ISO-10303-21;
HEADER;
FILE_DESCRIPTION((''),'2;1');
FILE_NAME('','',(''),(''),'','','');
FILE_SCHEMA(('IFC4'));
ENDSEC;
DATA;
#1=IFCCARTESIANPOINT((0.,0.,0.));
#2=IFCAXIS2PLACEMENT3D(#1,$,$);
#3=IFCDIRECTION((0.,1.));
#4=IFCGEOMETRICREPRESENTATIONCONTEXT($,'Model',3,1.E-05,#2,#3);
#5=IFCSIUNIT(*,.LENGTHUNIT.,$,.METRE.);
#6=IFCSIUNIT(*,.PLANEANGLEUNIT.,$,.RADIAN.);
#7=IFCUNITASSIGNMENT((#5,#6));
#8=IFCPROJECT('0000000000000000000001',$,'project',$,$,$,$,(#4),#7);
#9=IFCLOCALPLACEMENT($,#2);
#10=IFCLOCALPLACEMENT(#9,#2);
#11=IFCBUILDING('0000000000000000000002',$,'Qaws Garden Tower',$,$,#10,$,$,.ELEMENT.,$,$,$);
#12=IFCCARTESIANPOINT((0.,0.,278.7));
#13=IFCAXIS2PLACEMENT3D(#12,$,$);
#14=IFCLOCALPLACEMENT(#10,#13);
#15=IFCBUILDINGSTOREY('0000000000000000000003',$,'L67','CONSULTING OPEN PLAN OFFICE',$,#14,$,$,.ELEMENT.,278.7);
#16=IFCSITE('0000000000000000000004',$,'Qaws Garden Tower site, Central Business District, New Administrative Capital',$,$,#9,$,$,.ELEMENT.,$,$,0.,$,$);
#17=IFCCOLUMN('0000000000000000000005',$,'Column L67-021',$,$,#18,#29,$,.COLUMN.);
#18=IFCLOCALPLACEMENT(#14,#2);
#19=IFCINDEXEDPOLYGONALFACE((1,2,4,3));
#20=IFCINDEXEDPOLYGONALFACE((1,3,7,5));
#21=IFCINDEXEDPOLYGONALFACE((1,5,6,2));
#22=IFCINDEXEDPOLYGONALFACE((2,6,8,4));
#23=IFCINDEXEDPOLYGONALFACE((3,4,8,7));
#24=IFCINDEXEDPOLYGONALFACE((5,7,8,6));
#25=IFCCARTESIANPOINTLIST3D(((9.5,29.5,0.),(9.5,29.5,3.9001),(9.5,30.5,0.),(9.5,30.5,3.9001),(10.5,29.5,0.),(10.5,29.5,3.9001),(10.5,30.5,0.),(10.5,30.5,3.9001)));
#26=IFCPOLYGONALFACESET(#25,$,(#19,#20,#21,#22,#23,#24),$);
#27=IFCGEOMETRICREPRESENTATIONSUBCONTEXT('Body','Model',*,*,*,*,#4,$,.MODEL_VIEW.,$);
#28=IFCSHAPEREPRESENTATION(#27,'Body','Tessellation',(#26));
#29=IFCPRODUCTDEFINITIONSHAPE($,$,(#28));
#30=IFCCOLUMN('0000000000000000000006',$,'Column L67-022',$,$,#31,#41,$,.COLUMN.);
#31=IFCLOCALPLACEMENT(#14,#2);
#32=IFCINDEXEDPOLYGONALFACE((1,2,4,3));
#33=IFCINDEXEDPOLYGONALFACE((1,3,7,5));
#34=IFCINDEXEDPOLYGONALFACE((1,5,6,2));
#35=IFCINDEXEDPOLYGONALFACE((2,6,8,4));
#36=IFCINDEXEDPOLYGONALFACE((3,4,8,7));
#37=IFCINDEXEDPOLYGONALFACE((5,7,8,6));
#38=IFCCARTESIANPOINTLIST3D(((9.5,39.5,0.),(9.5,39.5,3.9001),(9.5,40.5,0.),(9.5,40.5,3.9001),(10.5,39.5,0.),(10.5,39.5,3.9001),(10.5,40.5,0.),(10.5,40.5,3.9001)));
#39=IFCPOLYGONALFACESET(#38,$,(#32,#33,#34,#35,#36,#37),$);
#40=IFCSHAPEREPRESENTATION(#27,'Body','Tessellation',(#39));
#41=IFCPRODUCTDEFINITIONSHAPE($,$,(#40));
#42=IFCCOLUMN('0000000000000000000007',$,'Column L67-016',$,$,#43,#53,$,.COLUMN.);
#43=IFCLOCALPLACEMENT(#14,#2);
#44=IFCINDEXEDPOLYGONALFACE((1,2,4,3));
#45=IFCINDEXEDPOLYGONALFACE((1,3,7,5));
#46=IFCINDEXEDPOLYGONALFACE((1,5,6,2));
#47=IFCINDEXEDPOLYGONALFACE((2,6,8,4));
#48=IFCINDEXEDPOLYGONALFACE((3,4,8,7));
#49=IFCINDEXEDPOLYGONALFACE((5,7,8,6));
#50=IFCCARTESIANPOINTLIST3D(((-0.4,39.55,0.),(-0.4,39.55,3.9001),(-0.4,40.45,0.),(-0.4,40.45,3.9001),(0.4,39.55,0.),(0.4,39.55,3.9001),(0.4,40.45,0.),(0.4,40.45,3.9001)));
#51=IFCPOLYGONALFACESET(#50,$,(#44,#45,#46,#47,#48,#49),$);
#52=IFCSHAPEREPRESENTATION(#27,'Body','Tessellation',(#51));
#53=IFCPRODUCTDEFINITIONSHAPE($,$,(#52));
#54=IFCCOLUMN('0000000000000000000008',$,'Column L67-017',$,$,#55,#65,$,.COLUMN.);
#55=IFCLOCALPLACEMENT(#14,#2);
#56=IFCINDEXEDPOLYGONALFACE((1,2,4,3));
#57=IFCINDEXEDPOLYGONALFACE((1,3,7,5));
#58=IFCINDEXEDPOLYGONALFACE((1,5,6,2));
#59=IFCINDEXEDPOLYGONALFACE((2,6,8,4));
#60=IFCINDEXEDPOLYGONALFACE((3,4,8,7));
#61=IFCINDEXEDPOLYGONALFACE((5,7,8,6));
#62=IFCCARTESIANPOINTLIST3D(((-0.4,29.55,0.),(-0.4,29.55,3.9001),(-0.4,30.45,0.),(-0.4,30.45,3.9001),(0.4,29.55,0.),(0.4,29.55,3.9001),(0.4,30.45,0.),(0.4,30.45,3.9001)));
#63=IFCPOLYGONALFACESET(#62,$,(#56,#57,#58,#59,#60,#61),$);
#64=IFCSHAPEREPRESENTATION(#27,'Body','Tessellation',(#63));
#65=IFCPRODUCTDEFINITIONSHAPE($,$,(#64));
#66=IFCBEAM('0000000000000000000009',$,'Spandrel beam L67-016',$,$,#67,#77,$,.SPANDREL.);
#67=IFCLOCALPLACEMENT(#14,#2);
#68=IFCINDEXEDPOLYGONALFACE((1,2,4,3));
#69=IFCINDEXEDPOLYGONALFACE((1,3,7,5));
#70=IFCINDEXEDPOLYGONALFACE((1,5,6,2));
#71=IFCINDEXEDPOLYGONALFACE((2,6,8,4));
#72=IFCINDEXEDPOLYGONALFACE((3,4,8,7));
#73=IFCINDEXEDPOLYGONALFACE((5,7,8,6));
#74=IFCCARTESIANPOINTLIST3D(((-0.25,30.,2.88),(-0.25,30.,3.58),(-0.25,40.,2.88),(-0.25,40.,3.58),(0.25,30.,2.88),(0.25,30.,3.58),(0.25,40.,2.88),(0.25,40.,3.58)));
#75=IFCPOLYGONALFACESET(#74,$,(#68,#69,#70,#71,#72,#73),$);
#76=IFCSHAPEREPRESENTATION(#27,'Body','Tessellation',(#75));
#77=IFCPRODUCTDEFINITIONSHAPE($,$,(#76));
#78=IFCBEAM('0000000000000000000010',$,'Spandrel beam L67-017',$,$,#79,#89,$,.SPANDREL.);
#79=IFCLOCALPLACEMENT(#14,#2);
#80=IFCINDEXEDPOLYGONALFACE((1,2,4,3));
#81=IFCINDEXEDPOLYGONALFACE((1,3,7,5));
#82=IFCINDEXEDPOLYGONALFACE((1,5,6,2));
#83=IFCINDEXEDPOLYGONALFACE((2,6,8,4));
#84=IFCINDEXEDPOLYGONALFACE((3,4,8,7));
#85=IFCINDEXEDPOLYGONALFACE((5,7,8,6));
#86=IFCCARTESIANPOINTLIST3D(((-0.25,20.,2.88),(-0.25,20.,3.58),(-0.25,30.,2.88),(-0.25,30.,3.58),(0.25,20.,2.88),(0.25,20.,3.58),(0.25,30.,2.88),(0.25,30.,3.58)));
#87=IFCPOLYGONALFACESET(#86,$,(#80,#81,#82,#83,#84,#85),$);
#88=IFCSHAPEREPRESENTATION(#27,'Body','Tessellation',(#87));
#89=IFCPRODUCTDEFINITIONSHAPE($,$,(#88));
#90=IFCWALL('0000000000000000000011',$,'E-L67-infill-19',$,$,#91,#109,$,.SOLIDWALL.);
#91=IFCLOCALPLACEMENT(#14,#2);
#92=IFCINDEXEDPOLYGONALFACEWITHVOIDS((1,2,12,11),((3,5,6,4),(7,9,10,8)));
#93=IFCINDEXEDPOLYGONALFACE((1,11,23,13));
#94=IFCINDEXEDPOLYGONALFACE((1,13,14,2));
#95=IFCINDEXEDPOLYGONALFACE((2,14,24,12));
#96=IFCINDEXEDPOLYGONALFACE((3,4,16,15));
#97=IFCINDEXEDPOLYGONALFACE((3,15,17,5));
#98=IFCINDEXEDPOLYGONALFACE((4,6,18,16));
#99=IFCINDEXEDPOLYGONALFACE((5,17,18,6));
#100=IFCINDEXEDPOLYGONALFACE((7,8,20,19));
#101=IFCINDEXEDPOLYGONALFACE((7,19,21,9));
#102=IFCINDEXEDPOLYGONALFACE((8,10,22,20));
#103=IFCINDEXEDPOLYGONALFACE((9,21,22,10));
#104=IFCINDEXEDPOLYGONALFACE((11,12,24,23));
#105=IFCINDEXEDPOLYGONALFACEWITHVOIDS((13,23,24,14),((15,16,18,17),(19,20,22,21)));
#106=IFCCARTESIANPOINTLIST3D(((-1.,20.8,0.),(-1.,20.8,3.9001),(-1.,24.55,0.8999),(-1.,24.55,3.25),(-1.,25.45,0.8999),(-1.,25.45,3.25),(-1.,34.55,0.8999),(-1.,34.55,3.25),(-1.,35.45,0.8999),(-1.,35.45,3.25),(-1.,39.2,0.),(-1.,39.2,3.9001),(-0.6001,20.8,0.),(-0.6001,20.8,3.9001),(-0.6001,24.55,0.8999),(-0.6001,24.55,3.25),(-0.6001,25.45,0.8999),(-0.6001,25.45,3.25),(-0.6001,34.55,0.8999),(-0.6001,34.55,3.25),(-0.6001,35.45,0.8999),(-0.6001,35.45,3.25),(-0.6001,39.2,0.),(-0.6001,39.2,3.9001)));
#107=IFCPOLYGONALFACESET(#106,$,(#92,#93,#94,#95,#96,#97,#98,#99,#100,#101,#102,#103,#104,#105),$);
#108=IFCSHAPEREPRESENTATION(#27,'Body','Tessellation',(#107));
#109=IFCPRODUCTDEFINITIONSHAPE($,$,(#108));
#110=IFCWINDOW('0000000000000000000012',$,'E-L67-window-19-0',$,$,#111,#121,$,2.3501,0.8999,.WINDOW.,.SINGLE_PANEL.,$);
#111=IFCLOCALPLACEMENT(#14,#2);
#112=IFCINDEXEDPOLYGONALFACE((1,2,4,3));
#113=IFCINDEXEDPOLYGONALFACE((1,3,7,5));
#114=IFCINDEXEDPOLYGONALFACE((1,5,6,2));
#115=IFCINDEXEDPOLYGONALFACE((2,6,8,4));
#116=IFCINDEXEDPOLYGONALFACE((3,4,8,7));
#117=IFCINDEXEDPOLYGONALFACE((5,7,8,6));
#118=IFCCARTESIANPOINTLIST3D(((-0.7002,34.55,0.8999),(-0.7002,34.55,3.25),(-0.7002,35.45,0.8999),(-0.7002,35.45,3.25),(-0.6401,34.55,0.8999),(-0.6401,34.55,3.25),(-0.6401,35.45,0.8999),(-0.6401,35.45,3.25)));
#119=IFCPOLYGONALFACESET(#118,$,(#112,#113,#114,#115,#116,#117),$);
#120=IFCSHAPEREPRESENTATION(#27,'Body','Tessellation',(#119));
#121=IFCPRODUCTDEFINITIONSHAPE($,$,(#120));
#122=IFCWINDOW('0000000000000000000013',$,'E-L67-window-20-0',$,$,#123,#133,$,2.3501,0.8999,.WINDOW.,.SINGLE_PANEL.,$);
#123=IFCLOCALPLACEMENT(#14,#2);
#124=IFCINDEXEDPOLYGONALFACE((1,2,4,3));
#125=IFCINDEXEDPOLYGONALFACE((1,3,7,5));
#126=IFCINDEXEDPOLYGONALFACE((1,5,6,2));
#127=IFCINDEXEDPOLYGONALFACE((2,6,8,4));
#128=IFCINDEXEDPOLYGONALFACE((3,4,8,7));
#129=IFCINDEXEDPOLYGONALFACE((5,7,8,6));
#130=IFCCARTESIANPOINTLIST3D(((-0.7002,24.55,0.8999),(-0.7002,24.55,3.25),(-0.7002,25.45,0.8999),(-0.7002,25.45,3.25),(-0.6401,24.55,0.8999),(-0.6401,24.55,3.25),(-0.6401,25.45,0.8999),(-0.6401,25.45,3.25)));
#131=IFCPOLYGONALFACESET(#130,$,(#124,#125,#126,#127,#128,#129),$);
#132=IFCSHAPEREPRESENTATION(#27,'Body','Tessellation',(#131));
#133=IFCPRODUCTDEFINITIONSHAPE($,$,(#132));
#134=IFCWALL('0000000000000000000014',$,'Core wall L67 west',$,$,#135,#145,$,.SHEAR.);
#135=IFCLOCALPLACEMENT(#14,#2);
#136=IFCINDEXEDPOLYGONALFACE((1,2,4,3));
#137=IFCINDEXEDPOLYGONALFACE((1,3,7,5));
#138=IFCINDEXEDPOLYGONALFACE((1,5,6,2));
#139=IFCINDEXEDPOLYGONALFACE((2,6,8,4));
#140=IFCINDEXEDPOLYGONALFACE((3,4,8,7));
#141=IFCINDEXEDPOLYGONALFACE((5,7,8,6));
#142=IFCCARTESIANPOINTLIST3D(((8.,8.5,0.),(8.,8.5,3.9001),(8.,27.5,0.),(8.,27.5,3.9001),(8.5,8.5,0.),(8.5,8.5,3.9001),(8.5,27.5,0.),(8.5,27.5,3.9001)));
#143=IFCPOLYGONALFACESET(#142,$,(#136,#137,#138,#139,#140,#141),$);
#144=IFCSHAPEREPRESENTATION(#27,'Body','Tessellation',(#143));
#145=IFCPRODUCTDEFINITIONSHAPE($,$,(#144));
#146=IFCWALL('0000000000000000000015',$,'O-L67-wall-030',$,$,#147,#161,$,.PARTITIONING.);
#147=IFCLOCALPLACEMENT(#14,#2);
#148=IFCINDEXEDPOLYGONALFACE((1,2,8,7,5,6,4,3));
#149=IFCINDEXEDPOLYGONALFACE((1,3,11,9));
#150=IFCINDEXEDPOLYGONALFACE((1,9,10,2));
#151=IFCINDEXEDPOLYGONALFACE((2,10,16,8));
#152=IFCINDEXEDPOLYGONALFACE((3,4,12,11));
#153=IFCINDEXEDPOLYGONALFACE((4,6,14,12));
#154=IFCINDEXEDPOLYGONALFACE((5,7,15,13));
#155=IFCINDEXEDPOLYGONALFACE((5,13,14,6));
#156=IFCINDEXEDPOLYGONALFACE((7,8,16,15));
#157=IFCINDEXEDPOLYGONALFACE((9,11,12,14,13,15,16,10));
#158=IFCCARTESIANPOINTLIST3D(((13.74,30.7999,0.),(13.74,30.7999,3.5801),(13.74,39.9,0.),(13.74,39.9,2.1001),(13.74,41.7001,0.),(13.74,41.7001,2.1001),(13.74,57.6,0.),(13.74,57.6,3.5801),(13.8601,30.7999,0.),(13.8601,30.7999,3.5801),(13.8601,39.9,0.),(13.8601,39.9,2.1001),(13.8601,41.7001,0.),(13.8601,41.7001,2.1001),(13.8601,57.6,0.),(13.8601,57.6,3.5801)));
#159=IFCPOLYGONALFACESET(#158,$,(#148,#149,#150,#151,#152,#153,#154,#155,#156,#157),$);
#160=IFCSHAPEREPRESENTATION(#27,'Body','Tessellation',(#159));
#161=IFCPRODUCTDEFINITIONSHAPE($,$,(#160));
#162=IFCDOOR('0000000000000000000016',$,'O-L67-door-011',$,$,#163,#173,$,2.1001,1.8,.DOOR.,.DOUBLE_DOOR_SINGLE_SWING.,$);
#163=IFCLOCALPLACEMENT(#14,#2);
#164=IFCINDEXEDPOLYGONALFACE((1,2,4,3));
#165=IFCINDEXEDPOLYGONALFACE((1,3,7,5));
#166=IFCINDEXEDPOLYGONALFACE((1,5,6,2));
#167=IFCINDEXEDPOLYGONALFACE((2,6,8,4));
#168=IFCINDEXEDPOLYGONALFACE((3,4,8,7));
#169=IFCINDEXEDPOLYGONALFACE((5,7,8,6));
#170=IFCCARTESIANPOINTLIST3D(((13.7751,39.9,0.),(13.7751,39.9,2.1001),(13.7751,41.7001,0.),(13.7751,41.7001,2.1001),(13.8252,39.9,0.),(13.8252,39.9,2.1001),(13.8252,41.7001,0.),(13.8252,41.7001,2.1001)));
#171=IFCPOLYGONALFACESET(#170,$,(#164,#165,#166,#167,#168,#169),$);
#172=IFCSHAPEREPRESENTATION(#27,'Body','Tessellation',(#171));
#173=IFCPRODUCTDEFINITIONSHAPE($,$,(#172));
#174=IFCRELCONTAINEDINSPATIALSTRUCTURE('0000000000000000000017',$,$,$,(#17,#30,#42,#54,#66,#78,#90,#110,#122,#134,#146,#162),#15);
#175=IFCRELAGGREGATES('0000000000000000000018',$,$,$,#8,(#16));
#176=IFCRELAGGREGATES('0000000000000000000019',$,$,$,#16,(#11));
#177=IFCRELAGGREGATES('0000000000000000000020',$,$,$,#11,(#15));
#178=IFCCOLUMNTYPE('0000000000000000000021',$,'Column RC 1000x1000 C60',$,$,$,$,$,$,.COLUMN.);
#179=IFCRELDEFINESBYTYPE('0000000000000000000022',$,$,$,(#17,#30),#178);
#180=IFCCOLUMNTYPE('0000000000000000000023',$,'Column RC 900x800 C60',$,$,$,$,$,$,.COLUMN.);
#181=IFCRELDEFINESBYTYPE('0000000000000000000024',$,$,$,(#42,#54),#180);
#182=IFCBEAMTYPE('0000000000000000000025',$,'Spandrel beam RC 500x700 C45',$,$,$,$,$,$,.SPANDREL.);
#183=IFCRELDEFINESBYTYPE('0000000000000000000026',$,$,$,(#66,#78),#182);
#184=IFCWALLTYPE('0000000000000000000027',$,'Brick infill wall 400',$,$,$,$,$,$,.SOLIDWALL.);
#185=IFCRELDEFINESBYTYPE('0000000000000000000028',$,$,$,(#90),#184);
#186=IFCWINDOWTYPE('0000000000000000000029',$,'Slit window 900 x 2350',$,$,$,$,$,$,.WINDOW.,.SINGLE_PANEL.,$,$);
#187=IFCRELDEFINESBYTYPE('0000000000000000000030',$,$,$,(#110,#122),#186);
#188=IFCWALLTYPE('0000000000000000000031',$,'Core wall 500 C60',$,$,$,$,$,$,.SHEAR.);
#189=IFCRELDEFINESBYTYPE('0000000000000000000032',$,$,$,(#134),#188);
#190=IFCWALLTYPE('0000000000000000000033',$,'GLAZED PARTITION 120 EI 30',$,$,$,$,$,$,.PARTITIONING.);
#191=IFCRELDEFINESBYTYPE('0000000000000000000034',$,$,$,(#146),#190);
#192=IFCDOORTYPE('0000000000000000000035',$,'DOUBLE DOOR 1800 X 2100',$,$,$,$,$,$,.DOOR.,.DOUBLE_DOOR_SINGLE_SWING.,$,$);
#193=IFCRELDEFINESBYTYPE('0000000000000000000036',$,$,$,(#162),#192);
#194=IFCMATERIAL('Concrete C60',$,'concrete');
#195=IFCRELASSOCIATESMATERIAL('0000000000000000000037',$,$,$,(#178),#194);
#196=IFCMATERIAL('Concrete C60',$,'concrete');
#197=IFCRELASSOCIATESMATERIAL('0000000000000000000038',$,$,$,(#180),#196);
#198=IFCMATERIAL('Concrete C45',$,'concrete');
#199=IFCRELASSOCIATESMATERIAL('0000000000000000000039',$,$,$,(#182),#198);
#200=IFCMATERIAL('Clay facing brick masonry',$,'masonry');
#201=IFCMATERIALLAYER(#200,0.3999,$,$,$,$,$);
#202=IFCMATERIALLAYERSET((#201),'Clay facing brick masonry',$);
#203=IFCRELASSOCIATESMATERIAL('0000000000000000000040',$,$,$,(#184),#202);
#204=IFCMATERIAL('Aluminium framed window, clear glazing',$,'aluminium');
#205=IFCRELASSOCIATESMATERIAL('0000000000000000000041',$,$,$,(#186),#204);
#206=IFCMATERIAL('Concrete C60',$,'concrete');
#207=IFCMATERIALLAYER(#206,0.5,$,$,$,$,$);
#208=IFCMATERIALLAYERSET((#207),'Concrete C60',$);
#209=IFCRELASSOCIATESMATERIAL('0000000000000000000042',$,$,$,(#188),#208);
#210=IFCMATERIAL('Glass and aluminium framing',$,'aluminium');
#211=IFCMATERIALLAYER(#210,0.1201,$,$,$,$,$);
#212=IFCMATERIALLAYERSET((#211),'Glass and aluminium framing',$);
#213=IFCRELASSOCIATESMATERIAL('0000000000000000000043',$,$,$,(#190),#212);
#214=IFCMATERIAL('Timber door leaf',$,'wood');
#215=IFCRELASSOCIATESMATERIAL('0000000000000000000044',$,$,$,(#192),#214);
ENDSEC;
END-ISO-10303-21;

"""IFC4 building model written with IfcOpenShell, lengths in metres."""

from ifc_helpers import new_model, si_unit, direction, frame, frame_2d, origin, origin_2d, place, context, subcontext, project, spatial, rectangle, extrude, material, layer, layer_set, material_profile, profile_set, type_object, element, fill, save


model = new_model("IFC4")

# Units and contexts
model_context = context("Model", 3, precision=1e-05, world=origin(), true_north=direction((0.0, 1.0)))
body_context = subcontext(model_context, "Body", "Model", "MODEL_VIEW")
ifc_project = project(units=[si_unit("LENGTHUNIT", "METRE"), si_unit("PLANEANGLEUNIT", "RADIAN")], contexts=[model_context])

# Site, building, storey
site_placement = place(None, origin())
site = spatial("IfcSite", under=ifc_project, at=site_placement, Name="Qaws Garden Tower site, Central Business District, New Administrative Capital", CompositionType="ELEMENT", RefElevation=0.0)
building_placement = place(site_placement, origin())
building = spatial("IfcBuilding", under=site, at=building_placement, Name="Qaws Garden Tower", CompositionType="ELEMENT")
storey_placement = place(building_placement, frame((0.0, 0.0, 278.7)))
storey = spatial("IfcBuildingStorey", under=building, at=storey_placement, Name="L67", Description="CONSULTING OPEN PLAN OFFICE", CompositionType="ELEMENT", Elevation=278.7)

# Columns
ifc_material_1 = material(Name="Concrete C60", Category="concrete")
ifc_material_profile_1 = material_profile(ifc_material_1, rectangle(XDim=1.0, YDim=1.0, at=origin_2d()), Name="RC 1000x1000")
ifc_profile_set_1 = profile_set([ifc_material_profile_1], Name="Concrete C60")
column_type_1 = type_object("IfcColumnType", Name="Column RC 1000x1000 C60", PredefinedType="COLUMN", material=ifc_profile_set_1)
for number, where, z_axis, x_axis, name in (
    (1, (10.0, 30.0, 0.0), (0.0, 0.0, 1.0), (1.0, 0.0, 0.0), "Column L67-021"),
    (2, (10.0, 40.0, 0.0), (0.0, 0.0, 1.0), (1.0, 0.0, 0.0), "Column L67-022"),
):
    element("IfcColumn", number, at=place(storey_placement, frame(where, z_axis=z_axis, x_axis=x_axis)), inside=storey, type_object=column_type_1, Name=name, PredefinedType="COLUMN", context=body_context, shape_type="SweptSolid", body=[
        extrude(rectangle(XDim=1.0, YDim=1.0, at=origin_2d()), origin(), (0.0, 0.0, 1.0), 3.9001),
    ])
ifc_material_2 = material(Name="Concrete C60", Category="concrete")
ifc_material_profile_2 = material_profile(ifc_material_2, rectangle(XDim=0.8999, YDim=0.8, at=origin_2d()), Name="RC 900x800")
ifc_profile_set_2 = profile_set([ifc_material_profile_2], Name="Concrete C60")
column_type_2 = type_object("IfcColumnType", Name="Column RC 900x800 C60", PredefinedType="COLUMN", material=ifc_profile_set_2)
for number, where, z_axis, x_axis, name in (
    (3, (0.0, 40.0, 0.0), (0.0, 0.0, 1.0), (0.0, 1.0, 0.0), "Column L67-016"),
    (4, (0.0, 30.0, 0.0), (0.0, 0.0, 1.0), (0.0, 1.0, 0.0), "Column L67-017"),
):
    element("IfcColumn", number, at=place(storey_placement, frame(where, z_axis=z_axis, x_axis=x_axis)), inside=storey, type_object=column_type_2, Name=name, PredefinedType="COLUMN", context=body_context, shape_type="SweptSolid", body=[
        extrude(rectangle(XDim=0.8999, YDim=0.8, at=origin_2d()), origin(), (0.0, 0.0, 1.0), 3.9001),
    ])

# Beams
ifc_material_3 = material(Name="Concrete C45", Category="concrete")
ifc_material_profile_3 = material_profile(ifc_material_3, rectangle(XDim=0.5, YDim=0.7, at=origin_2d()), Name="RC 500x700")
ifc_profile_set_3 = profile_set([ifc_material_profile_3], Name="Concrete C45")
beam_type = type_object("IfcBeamType", Name="Spandrel beam RC 500x700 C45", PredefinedType="SPANDREL", material=ifc_profile_set_3)
for number, where, z_axis, x_axis, name in (
    (5, (0.0, 40.0, 3.23), (0.0, -1.0, 0.0), (1.0, 0.0, 0.0), "Spandrel beam L67-016"),
    (6, (0.0, 30.0, 3.23), (0.0, -1.0, 0.0), (1.0, 0.0, 0.0), "Spandrel beam L67-017"),
):
    element("IfcBeam", number, at=place(storey_placement, frame(where, z_axis=z_axis, x_axis=x_axis)), inside=storey, type_object=beam_type, Name=name, PredefinedType="SPANDREL", context=body_context, shape_type="SweptSolid", body=[
        extrude(rectangle(XDim=0.5, YDim=0.7, at=origin_2d()), origin(), (0.0, 0.0, 1.0), 10.0),
    ])

# Wall, openings, windows
ifc_material_4 = material(Name="Clay facing brick masonry", Category="masonry")
ifc_layer_1 = layer(ifc_material_4, 0.3999)
ifc_layer_set_1 = layer_set([ifc_layer_1], Name="Clay facing brick masonry")
wall_type_1 = type_object("IfcWallType", Name="Brick infill wall 400", PredefinedType="SOLIDWALL", material=ifc_layer_set_1)
wall_1_placement = place(storey_placement, frame((-0.8, 39.2, 0.0), z_axis=(0.0, 0.0, 1.0), x_axis=(0.0, -1.0, 0.0)))
wall_1 = element("IfcWall", 7, at=wall_1_placement, inside=storey, type_object=wall_type_1, Name="E-L67-infill-19", PredefinedType="SOLIDWALL", context=body_context, shape_type="SweptSolid", body=[
    extrude(rectangle(XDim=18.3999, YDim=0.3999, at=frame_2d((9.2, 0.0))), origin(), (0.0, 0.0, 1.0), 3.9001),
])
opening_1_placement = place(wall_1_placement, frame((3.75, 0.0, 0.8999)))
opening_1 = element("IfcOpeningElement", 8, at=opening_1_placement, cuts=wall_1, PredefinedType="OPENING", context=body_context, shape_type="SweptSolid", body=[
    extrude(rectangle(XDim=0.8999, YDim=2.3501, at=frame_2d((0.45, 1.175))), frame((0.0, 0.21, 0.0), z_axis=(0.0, -1.0, 0.0), x_axis=(1.0, 0.0, 0.0)), (0.0, 0.0, 1.0), 0.4199),
])
opening_2_placement = place(wall_1_placement, frame((13.75, 0.0, 0.8999)))
opening_2 = element("IfcOpeningElement", 9, at=opening_2_placement, cuts=wall_1, PredefinedType="OPENING", context=body_context, shape_type="SweptSolid", body=[
    extrude(rectangle(XDim=0.8999, YDim=2.3501, at=frame_2d((0.45, 1.175))), frame((0.0, 0.21, 0.0), z_axis=(0.0, -1.0, 0.0), x_axis=(1.0, 0.0, 0.0)), (0.0, 0.0, 1.0), 0.4199),
])
ifc_material_5 = material(Name="Aluminium framed window, clear glazing", Category="aluminium")
window_type = type_object("IfcWindowType", Name="Slit window 900 x 2350", PartitioningType="SINGLE_PANEL", PredefinedType="WINDOW", material=ifc_material_5)
window_1_placement = place(opening_1_placement, origin())
window_1 = element("IfcWindow", 10, at=window_1_placement, inside=storey, type_object=window_type, Name="E-L67-window-19-0", OverallHeight=2.3501, OverallWidth=0.8999, PartitioningType="SINGLE_PANEL", PredefinedType="WINDOW", context=body_context, shape_type="SweptSolid", body=[
    extrude(rectangle(XDim=0.8999, YDim=2.3501, at=frame_2d((0.45, 1.175))), frame((0.0, 0.1599, 0.0), z_axis=(0.0, -1.0, 0.0), x_axis=(1.0, 0.0, 0.0)), (0.0, 0.0, 1.0), 0.0601),
])
fill(opening_1, window_1)
window_2_placement = place(opening_2_placement, origin())
window_2 = element("IfcWindow", 11, at=window_2_placement, inside=storey, type_object=window_type, Name="E-L67-window-20-0", OverallHeight=2.3501, OverallWidth=0.8999, PartitioningType="SINGLE_PANEL", PredefinedType="WINDOW", context=body_context, shape_type="SweptSolid", body=[
    extrude(rectangle(XDim=0.8999, YDim=2.3501, at=frame_2d((0.45, 1.175))), frame((0.0, 0.1599, 0.0), z_axis=(0.0, -1.0, 0.0), x_axis=(1.0, 0.0, 0.0)), (0.0, 0.0, 1.0), 0.0601),
])
fill(opening_2, window_2)

# Wall
ifc_material_6 = material(Name="Concrete C60", Category="concrete")
ifc_layer_2 = layer(ifc_material_6, 0.5)
ifc_layer_set_2 = layer_set([ifc_layer_2], Name="Concrete C60")
wall_type_2 = type_object("IfcWallType", Name="Core wall 500 C60", PredefinedType="SHEAR", material=ifc_layer_set_2)
wall_2_placement = place(storey_placement, frame((8.25, 27.5, 0.0), z_axis=(0.0, 0.0, 1.0), x_axis=(0.0, -1.0, 0.0)))
element("IfcWall", 12, at=wall_2_placement, inside=storey, type_object=wall_type_2, Name="Core wall L67 west", PredefinedType="SHEAR", context=body_context, shape_type="SweptSolid", body=[
    extrude(rectangle(XDim=19.0, YDim=0.5, at=frame_2d((9.5, 0.0))), origin(), (0.0, 0.0, 1.0), 3.9001),
])

# Wall, opening, door
ifc_material_7 = material(Name="Glass and aluminium framing", Category="aluminium")
ifc_layer_3 = layer(ifc_material_7, 0.1201)
ifc_layer_set_3 = layer_set([ifc_layer_3], Name="Glass and aluminium framing")
wall_type_3 = type_object("IfcWallType", Name="GLAZED PARTITION 120 EI 30", PredefinedType="PARTITIONING", material=ifc_layer_set_3)
wall_3_placement = place(storey_placement, frame((13.8, 30.8, 0.0), z_axis=(0.0, 0.0, 1.0), x_axis=(0.0, 1.0, 0.0)))
wall_3 = element("IfcWall", 13, at=wall_3_placement, inside=storey, type_object=wall_type_3, Name="O-L67-wall-030", PredefinedType="PARTITIONING", context=body_context, shape_type="SweptSolid", body=[
    extrude(rectangle(XDim=26.8, YDim=0.1201, at=frame_2d((13.3999, 0.0))), origin(), (0.0, 0.0, 1.0), 3.5801),
])
opening_3_placement = place(wall_3_placement, frame((9.1001, 0.0, 0.0)))
opening_3 = element("IfcOpeningElement", 14, at=opening_3_placement, cuts=wall_3, PredefinedType="OPENING", context=body_context, shape_type="SweptSolid", body=[
    extrude(rectangle(XDim=1.8, YDim=2.1001, at=frame_2d((0.8999, 1.05))), frame((0.0, 0.0701, 0.0), z_axis=(0.0, -1.0, 0.0), x_axis=(1.0, 0.0, 0.0)), (0.0, 0.0, 1.0), 0.1401),
])
ifc_material_8 = material(Name="Timber door leaf", Category="wood")
door_type_1 = type_object("IfcDoorType", Name="DOUBLE DOOR 1800 X 2100", OperationType="DOUBLE_DOOR_SINGLE_SWING", PredefinedType="DOOR", material=ifc_material_8)
door_1_placement = place(opening_3_placement, origin())
door_1 = element("IfcDoor", 15, at=door_1_placement, inside=storey, type_object=door_type_1, Name="O-L67-door-011", OperationType="DOUBLE_DOOR_SINGLE_SWING", OverallHeight=2.1001, OverallWidth=1.8, PredefinedType="DOOR", context=body_context, shape_type="SweptSolid", body=[
    extrude(rectangle(XDim=1.8, YDim=2.1001, at=frame_2d((0.8999, 1.05))), frame((0.0, 0.0249, 0.0), z_axis=(0.0, -1.0, 0.0), x_axis=(1.0, 0.0, 0.0)), (0.0, 0.0, 1.0), 0.05),
])
fill(opening_3, door_1)

save(model, "model.ifc")
